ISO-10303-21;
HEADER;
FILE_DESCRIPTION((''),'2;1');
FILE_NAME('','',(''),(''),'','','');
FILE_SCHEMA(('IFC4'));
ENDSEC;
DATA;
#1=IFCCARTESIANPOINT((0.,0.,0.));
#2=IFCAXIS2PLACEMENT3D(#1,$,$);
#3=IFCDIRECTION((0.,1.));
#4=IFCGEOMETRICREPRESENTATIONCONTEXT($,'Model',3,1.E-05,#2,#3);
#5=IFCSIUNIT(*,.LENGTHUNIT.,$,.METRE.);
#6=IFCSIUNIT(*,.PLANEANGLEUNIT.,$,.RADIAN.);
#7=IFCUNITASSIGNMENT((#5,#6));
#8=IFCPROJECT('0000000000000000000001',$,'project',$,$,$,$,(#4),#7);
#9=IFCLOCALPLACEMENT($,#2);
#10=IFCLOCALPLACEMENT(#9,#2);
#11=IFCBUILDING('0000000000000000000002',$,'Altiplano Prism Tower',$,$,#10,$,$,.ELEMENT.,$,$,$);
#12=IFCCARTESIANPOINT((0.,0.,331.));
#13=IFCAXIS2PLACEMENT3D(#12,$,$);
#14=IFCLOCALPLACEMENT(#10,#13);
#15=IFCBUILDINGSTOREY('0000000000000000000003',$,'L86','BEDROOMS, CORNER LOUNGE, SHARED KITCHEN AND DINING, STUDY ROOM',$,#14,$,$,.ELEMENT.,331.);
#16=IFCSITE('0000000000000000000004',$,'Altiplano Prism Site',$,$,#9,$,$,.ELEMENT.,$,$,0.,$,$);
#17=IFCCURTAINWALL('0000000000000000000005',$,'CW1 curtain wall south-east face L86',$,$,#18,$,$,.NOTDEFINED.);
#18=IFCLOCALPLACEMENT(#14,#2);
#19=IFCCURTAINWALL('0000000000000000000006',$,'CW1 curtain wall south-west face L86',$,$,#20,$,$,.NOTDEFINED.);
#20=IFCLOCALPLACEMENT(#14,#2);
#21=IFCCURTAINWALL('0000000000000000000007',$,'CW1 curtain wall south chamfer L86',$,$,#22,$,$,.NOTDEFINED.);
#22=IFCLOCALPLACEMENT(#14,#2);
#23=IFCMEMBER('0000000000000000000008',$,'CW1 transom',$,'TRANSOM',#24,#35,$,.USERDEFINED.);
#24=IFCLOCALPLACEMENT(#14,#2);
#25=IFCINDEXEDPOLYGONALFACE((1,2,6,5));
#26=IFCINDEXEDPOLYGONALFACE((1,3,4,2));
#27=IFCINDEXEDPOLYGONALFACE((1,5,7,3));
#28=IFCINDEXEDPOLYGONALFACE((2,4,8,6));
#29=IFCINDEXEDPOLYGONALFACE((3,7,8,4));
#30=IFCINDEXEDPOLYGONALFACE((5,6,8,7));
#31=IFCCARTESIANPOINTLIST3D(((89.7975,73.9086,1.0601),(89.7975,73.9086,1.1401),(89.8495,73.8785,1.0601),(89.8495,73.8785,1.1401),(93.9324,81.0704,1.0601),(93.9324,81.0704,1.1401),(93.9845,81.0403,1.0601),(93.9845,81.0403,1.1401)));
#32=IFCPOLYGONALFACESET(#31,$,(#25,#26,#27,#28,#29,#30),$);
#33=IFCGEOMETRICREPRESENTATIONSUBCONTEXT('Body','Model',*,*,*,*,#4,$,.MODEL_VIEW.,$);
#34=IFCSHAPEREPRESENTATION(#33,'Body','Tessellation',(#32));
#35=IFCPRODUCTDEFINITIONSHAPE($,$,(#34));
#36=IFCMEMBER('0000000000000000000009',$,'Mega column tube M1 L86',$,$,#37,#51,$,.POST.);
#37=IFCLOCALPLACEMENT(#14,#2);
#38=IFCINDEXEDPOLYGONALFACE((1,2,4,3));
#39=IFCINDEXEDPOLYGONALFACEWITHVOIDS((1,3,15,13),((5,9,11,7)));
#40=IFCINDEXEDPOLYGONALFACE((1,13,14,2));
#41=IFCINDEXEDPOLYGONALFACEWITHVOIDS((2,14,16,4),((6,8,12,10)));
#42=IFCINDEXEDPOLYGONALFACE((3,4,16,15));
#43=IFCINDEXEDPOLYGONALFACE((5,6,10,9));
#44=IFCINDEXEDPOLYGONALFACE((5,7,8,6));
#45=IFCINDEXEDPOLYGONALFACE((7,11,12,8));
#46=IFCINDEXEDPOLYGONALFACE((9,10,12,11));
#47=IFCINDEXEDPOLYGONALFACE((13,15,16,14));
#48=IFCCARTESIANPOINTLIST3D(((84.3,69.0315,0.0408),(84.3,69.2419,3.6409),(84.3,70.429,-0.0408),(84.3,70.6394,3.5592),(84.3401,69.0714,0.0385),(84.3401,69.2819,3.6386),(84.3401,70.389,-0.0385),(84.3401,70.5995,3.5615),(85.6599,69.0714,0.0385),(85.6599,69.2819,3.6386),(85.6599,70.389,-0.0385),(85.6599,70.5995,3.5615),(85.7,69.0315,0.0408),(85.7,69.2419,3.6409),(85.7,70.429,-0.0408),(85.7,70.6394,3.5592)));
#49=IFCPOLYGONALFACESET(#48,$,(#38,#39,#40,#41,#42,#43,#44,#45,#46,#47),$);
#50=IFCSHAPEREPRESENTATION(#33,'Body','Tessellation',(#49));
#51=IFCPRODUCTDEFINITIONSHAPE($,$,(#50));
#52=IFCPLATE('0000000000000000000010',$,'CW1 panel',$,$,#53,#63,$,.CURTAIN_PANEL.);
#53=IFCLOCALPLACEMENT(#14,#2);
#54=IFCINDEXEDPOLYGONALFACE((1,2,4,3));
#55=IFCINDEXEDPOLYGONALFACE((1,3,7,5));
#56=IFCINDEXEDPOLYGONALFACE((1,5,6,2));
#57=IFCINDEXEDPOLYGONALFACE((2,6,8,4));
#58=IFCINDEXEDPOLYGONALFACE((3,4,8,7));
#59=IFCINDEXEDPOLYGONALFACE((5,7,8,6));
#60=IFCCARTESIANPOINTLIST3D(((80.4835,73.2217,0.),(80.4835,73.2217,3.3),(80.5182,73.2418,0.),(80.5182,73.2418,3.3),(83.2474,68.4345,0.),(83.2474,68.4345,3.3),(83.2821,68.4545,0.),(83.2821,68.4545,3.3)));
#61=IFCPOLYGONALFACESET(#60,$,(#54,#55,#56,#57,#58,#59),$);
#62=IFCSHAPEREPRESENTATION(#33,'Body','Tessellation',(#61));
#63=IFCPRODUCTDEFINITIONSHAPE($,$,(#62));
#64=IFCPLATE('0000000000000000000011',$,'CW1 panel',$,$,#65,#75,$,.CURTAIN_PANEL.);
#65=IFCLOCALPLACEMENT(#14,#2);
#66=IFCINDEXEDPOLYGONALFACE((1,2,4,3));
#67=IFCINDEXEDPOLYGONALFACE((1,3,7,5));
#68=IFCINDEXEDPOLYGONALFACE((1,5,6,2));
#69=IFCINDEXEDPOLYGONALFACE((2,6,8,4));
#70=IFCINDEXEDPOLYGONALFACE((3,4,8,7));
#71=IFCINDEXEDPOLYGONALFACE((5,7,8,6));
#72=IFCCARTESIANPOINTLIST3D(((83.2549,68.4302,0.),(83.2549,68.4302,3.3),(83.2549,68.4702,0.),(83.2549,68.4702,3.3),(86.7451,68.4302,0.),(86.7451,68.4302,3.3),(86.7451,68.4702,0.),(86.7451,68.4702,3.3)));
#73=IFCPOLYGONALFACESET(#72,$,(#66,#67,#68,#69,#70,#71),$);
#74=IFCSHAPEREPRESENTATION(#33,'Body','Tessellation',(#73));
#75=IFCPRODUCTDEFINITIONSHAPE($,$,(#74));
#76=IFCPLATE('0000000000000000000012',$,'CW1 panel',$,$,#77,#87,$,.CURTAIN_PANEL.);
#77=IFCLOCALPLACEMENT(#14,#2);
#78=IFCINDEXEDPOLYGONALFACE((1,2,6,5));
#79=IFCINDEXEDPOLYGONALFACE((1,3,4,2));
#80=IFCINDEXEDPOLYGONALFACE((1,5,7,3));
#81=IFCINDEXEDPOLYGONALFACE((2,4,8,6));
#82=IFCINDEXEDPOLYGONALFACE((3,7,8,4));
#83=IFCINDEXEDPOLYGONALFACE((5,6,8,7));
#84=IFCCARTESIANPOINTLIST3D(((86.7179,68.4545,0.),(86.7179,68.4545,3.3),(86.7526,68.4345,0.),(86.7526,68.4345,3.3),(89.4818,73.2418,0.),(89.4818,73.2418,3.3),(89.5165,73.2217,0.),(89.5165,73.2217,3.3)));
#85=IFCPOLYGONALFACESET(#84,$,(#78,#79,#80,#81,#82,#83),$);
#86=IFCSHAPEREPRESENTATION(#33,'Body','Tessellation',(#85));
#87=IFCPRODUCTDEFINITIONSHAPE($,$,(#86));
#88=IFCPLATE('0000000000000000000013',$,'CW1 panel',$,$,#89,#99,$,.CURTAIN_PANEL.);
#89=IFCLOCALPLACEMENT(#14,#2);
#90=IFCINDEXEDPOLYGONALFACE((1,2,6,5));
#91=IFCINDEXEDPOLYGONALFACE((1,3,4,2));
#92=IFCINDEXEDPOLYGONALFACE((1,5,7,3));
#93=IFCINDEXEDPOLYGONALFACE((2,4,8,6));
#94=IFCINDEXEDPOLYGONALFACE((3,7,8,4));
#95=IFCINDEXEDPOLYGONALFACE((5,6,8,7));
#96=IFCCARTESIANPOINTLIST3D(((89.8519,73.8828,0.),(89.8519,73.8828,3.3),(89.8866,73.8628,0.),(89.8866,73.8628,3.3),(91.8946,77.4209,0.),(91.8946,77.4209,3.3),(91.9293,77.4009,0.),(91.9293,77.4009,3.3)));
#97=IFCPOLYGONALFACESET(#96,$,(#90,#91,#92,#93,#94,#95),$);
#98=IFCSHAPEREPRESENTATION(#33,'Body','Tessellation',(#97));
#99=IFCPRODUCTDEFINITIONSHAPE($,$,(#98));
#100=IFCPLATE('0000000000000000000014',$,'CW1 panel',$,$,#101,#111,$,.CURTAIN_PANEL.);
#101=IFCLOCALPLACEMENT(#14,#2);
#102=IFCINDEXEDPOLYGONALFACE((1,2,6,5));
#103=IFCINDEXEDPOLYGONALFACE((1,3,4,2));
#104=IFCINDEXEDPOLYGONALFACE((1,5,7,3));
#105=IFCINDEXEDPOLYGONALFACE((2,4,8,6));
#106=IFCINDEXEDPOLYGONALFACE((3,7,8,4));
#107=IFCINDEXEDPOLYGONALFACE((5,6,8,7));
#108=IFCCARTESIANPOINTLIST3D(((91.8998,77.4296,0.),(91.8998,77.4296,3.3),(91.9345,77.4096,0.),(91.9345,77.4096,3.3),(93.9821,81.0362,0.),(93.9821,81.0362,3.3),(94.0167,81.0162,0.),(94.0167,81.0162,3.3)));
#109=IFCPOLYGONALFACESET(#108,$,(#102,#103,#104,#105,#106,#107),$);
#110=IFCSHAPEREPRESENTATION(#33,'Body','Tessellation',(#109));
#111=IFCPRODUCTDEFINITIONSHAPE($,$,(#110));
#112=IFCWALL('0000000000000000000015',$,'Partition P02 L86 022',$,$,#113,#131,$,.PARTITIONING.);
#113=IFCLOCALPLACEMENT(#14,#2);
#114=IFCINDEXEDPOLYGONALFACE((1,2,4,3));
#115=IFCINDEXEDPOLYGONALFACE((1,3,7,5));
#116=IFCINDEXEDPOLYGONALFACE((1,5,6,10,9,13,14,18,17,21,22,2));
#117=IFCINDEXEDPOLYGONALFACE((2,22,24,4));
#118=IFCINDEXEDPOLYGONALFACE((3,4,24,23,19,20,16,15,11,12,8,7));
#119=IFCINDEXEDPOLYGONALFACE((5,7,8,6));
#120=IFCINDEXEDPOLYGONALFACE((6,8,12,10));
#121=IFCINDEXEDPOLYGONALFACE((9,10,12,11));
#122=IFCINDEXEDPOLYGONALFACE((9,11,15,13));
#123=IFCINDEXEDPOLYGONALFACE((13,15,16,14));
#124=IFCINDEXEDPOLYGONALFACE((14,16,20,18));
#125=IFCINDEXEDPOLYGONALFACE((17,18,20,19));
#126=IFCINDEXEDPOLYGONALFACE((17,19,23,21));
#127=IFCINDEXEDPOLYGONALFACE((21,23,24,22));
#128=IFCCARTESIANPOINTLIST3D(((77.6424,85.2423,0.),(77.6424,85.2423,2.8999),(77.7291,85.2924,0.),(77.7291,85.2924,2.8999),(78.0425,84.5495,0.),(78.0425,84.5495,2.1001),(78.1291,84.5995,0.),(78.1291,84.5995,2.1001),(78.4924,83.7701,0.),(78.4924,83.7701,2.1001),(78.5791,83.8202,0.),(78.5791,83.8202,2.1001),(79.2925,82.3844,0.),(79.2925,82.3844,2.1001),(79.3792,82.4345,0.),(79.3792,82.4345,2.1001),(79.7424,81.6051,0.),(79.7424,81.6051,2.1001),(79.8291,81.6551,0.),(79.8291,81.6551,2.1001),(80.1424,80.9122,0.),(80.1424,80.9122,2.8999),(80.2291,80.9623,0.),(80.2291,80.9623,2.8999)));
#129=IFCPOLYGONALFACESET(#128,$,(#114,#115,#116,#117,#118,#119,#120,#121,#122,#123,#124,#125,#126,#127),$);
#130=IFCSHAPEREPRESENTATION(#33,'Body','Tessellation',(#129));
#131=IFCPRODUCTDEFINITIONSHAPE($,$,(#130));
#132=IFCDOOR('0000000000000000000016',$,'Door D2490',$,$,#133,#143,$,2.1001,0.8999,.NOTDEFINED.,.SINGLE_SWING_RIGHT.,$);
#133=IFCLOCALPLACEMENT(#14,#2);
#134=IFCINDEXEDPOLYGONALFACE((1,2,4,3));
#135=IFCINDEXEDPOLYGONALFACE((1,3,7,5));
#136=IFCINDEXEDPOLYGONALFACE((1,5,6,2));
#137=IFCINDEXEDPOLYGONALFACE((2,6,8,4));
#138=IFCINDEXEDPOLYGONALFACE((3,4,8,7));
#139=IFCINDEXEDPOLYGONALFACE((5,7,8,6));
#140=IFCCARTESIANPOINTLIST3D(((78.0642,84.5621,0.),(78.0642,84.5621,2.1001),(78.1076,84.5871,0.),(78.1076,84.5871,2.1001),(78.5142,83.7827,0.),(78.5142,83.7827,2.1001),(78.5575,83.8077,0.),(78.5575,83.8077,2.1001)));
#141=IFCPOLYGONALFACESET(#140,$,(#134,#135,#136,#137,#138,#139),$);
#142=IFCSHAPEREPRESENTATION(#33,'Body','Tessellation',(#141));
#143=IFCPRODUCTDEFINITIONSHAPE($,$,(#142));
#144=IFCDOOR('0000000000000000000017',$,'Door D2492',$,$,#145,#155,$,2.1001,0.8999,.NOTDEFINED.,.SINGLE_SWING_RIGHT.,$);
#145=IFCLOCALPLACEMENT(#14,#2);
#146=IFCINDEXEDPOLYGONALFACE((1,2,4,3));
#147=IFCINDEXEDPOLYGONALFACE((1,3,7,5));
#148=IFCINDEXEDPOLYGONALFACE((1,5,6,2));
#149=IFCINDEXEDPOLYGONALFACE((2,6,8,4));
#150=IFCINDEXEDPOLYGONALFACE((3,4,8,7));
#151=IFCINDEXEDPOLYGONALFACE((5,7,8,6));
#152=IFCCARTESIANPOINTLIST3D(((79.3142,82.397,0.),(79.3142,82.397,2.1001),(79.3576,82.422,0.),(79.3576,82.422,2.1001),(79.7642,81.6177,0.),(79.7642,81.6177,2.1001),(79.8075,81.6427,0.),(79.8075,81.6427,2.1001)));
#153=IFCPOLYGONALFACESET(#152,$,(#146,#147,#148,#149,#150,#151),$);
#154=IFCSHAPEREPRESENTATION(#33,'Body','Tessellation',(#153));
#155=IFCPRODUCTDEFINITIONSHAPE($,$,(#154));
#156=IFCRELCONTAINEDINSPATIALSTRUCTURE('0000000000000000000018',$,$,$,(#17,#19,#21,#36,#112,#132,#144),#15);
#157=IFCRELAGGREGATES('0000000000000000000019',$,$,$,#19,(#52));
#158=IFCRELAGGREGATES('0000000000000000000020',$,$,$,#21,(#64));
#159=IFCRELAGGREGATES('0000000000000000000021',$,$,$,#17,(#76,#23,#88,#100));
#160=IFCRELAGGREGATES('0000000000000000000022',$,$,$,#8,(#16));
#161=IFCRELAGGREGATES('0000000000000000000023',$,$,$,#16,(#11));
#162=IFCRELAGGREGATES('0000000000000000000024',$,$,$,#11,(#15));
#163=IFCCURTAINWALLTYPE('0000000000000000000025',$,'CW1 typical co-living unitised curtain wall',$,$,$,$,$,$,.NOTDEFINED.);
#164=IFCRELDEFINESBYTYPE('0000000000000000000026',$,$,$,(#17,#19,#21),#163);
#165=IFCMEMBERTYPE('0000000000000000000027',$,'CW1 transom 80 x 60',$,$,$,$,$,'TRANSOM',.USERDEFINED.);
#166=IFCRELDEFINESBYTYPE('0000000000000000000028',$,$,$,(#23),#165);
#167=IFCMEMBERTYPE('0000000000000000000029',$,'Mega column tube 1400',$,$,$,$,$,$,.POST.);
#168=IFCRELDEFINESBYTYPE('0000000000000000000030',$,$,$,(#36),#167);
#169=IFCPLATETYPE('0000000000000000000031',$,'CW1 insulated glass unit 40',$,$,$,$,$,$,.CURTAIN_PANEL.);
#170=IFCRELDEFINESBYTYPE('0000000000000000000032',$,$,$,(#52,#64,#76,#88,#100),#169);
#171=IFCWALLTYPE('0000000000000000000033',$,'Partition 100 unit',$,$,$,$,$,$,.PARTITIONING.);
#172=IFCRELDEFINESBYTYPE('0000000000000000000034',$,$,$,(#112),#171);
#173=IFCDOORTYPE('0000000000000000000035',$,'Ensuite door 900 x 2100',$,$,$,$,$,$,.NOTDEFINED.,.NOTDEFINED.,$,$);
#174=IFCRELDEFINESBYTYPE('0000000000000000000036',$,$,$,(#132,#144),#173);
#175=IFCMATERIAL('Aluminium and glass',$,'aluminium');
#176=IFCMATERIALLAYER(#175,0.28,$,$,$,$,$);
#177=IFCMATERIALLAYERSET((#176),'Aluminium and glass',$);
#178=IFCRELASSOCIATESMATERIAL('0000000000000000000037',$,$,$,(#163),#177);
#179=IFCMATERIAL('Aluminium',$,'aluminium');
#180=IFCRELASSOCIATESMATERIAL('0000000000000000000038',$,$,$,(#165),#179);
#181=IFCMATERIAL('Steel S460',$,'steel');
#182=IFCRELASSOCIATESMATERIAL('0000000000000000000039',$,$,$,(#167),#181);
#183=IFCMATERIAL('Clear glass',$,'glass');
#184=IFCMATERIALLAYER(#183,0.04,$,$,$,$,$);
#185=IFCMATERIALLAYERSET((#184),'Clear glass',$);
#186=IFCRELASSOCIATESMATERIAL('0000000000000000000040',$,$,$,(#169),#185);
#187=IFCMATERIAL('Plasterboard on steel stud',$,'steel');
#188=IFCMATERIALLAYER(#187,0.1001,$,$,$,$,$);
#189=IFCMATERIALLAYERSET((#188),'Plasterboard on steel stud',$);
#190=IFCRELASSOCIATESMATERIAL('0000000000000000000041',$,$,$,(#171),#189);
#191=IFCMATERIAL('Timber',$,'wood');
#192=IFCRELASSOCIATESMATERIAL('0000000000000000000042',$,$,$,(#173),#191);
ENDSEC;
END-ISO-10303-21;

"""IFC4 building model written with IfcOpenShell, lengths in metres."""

from ifc_helpers import new_model, si_unit, direction, frame, frame_2d, origin, origin_2d, place, context, subcontext, project, spatial, rectangle, hollow_rectangle, extrude, material, layer, layer_set, material_profile, profile_set, type_object, element, fill, aggregate, save


model = new_model("IFC4")

# Units and contexts
model_context = context("Model", 3, precision=1e-05, world=origin(), true_north=direction((0.0, 1.0)))
body_context = subcontext(model_context, "Body", "Model", "MODEL_VIEW")
ifc_project = project(units=[si_unit("LENGTHUNIT", "METRE"), si_unit("PLANEANGLEUNIT", "RADIAN")], contexts=[model_context])

# Site, building, storey
site_placement = place(None, origin())
site = spatial("IfcSite", under=ifc_project, at=site_placement, Name="Altiplano Prism Site", CompositionType="ELEMENT", RefElevation=0.0)
building_placement = place(site_placement, origin())
building = spatial("IfcBuilding", under=site, at=building_placement, Name="Altiplano Prism Tower", CompositionType="ELEMENT")
storey_placement = place(building_placement, frame((0.0, 0.0, 331.0)))
storey = spatial("IfcBuildingStorey", under=building, at=storey_placement, Name="L86", Description="BEDROOMS, CORNER LOUNGE, SHARED KITCHEN AND DINING, STUDY ROOM", CompositionType="ELEMENT", Elevation=331.0)

# Curtain walls
ifc_material_1 = material(Name="Aluminium and glass", Category="aluminium")
ifc_layer_1 = layer(ifc_material_1, 0.28)
ifc_layer_set_1 = layer_set([ifc_layer_1], Name="Aluminium and glass")
curtain_wall_type = type_object("IfcCurtainWallType", Name="CW1 typical co-living unitised curtain wall", PredefinedType="NOTDEFINED", material=ifc_layer_set_1)
curtain_wall_1_placement = place(storey_placement, origin())
curtain_wall_1 = element("IfcCurtainWall", 1, at=curtain_wall_1_placement, inside=storey, type_object=curtain_wall_type, Name="CW1 curtain wall south-east face L86", PredefinedType="NOTDEFINED")
ifc_material_2 = material(Name="Aluminium", Category="aluminium")
curtain_wall_2_placement = place(storey_placement, origin())
curtain_wall_2 = element("IfcCurtainWall", 2, at=curtain_wall_2_placement, inside=storey, type_object=curtain_wall_type, Name="CW1 curtain wall south-west face L86", PredefinedType="NOTDEFINED")
ifc_material_profile_1 = material_profile(ifc_material_2, rectangle(XDim=0.0601, YDim=0.0801, at=origin_2d()), Name="CW1 transom 80 x 60")
ifc_profile_set_1 = profile_set([ifc_material_profile_1], Name="Aluminium")
member_type_1 = type_object("IfcMemberType", Name="CW1 transom 80 x 60", ElementType="TRANSOM", PredefinedType="USERDEFINED", material=ifc_profile_set_1)
curtain_wall_3_placement = place(storey_placement, origin())
curtain_wall_3 = element("IfcCurtainWall", 3, at=curtain_wall_3_placement, inside=storey, type_object=curtain_wall_type, Name="CW1 curtain wall south chamfer L86", PredefinedType="NOTDEFINED")

# Members
member_1_placement = place(storey_placement, frame((89.8235, 73.8936, 1.1001), z_axis=(0.50001, 0.86602, 0.0), x_axis=(-0.86602, 0.50001, 0.0)))
member_1 = element("IfcMember", 4, at=member_1_placement, type_object=member_type_1, Name="CW1 transom", ObjectType="TRANSOM", PredefinedType="USERDEFINED", context=body_context, shape_type="SweptSolid", body=[
    extrude(rectangle(XDim=0.0601, YDim=0.0801, at=origin_2d()), origin(), (0.0, 0.0, 1.0), 8.2698),
])
ifc_material_3 = material(Name="Steel S460", Category="steel")
ifc_material_profile_2 = material_profile(ifc_material_3, hollow_rectangle(XDim=1.3999, YDim=1.3999, WallThickness=0.04, at=origin_2d()), Name="Mega column tube 1400")
ifc_profile_set_2 = profile_set([ifc_material_profile_2], Name="Steel S460")
member_type_2 = type_object("IfcMemberType", Name="Mega column tube 1400", PredefinedType="POST", material=ifc_profile_set_2)
member_2_placement = place(storey_placement, frame((85.0, 69.7302, 0.0), z_axis=(0.0, 0.058357, 0.998296), x_axis=(-1.0, 0.0, 0.0)))
element("IfcMember", 5, at=member_2_placement, inside=storey, type_object=member_type_2, Name="Mega column tube M1 L86", PredefinedType="POST", context=body_context, shape_type="SweptSolid", body=[
    extrude(hollow_rectangle(XDim=1.3999, YDim=1.3999, WallThickness=0.04, at=origin_2d()), origin(), (0.0, 0.0, 1.0), 3.6062),
])

# Plates
ifc_material_4 = material(Name="Clear glass", Category="glass")
ifc_layer_2 = layer(ifc_material_4, 0.04)
ifc_layer_set_2 = layer_set([ifc_layer_2], Name="Clear glass")
plate_type = type_object("IfcPlateType", Name="CW1 insulated glass unit 40", PredefinedType="CURTAIN_PANEL", material=ifc_layer_set_2)
plate_1_placement = place(storey_placement, frame((81.8828, 70.8381, 0.0), z_axis=(0.0, 0.0, 1.0), x_axis=(0.5, -0.866025, 0.0)))
plate_1 = element("IfcPlate", 6, at=plate_1_placement, type_object=plate_type, Name="CW1 panel", PredefinedType="CURTAIN_PANEL", context=body_context, shape_type="SweptSolid", body=[
    extrude(rectangle(XDim=5.5278, YDim=0.04, at=origin_2d()), origin(), (0.0, 0.0, 1.0), 3.3),
])
aggregate(curtain_wall_2, [plate_1])
plate_2_placement = place(storey_placement, frame((85.0, 68.4502, 0.0), z_axis=(0.0, 0.0, 1.0), x_axis=(1.0, 0.0, 0.0)))
plate_2 = element("IfcPlate", 7, at=plate_2_placement, type_object=plate_type, Name="CW1 panel", PredefinedType="CURTAIN_PANEL", context=body_context, shape_type="SweptSolid", body=[
    extrude(rectangle(XDim=3.4902, YDim=0.04, at=origin_2d()), origin(), (0.0, 0.0, 1.0), 3.3),
])
aggregate(curtain_wall_3, [plate_2])
plate_3_placement = place(storey_placement, frame((88.1172, 70.8381, 0.0), z_axis=(0.0, 0.0, 1.0), x_axis=(0.5, 0.866025, 0.0)))
plate_3 = element("IfcPlate", 8, at=plate_3_placement, type_object=plate_type, Name="CW1 panel", PredefinedType="CURTAIN_PANEL", context=body_context, shape_type="SweptSolid", body=[
    extrude(rectangle(XDim=5.5278, YDim=0.04, at=origin_2d()), origin(), (0.0, 0.0, 1.0), 3.3),
])
plate_4_placement = place(storey_placement, frame((90.8906, 75.6418, 0.0), z_axis=(0.0, 0.0, 1.0), x_axis=(0.5, 0.866025, 0.0)))
plate_4 = element("IfcPlate", 9, at=plate_4_placement, type_object=plate_type, Name="CW1 panel", PredefinedType="CURTAIN_PANEL", context=body_context, shape_type="SweptSolid", body=[
    extrude(rectangle(XDim=4.0854, YDim=0.04, at=origin_2d()), origin(), (0.0, 0.0, 1.0), 3.3),
])
plate_5_placement = place(storey_placement, frame((92.9583, 79.2229, 0.0), z_axis=(0.0, 0.0, 1.0), x_axis=(0.5, 0.866025, 0.0)))
plate_5 = element("IfcPlate", 10, at=plate_5_placement, type_object=plate_type, Name="CW1 panel", PredefinedType="CURTAIN_PANEL", context=body_context, shape_type="SweptSolid", body=[
    extrude(rectangle(XDim=4.1646, YDim=0.04, at=origin_2d()), origin(), (0.0, 0.0, 1.0), 3.3),
])
aggregate(curtain_wall_1, [plate_3, member_1, plate_4, plate_5])

# Wall, openings, doors
ifc_material_5 = material(Name="Plasterboard on steel stud", Category="steel")
ifc_layer_3 = layer(ifc_material_5, 0.1001)
ifc_layer_set_3 = layer_set([ifc_layer_3], Name="Plasterboard on steel stud")
wall_type_1 = type_object("IfcWallType", Name="Partition 100 unit", PredefinedType="PARTITIONING", material=ifc_layer_set_3)
wall_1_placement = place(storey_placement, frame((80.1858, 80.9373, 0.0), z_axis=(0.0, 0.0, 1.0), x_axis=(-0.500004, 0.866023, 0.0)))
wall_1 = element("IfcWall", 11, at=wall_1_placement, inside=storey, type_object=wall_type_1, Name="Partition P02 L86 022", PredefinedType="PARTITIONING", context=body_context, shape_type="SweptSolid", body=[
    extrude(rectangle(XDim=5.0, YDim=0.1001, at=frame_2d((2.5, 0.0))), origin(), (0.0, 0.0, 1.0), 2.8999),
])
opening_1_placement = place(wall_1_placement, frame((3.3, 0.0, 0.0)))
opening_1 = element("IfcOpeningElement", 12, at=opening_1_placement, cuts=wall_1, PredefinedType="OPENING", context=body_context, shape_type="SweptSolid", body=[
    extrude(rectangle(XDim=0.8999, YDim=2.1001, at=frame_2d((0.45, 1.05))), frame((0.0, 0.0605, 0.0), z_axis=(0.0, -1.0, 0.0), x_axis=(1.0, 0.0, 0.0)), (0.0, 0.0, 1.0), 0.1211),
])
opening_2_placement = place(wall_1_placement, frame((0.8, 0.0, 0.0)))
opening_2 = element("IfcOpeningElement", 13, at=opening_2_placement, cuts=wall_1, PredefinedType="OPENING", context=body_context, shape_type="SweptSolid", body=[
    extrude(rectangle(XDim=0.8999, YDim=2.1001, at=frame_2d((0.45, 1.05))), frame((0.0, 0.0605, 0.0), z_axis=(0.0, -1.0, 0.0), x_axis=(1.0, 0.0, 0.0)), (0.0, 0.0, 1.0), 0.1211),
])
ifc_material_6 = material(Name="Timber", Category="wood")
door_type_1 = type_object("IfcDoorType", Name="Ensuite door 900 x 2100", OperationType="NOTDEFINED", PredefinedType="NOTDEFINED", material=ifc_material_6)
door_1_placement = place(opening_1_placement, origin())
door_1 = element("IfcDoor", 14, at=door_1_placement, inside=storey, type_object=door_type_1, Name="Door D2490", OperationType="SINGLE_SWING_RIGHT", OverallHeight=2.1001, OverallWidth=0.8999, PredefinedType="NOTDEFINED", context=body_context, shape_type="SweptSolid", body=[
    extrude(rectangle(XDim=0.8999, YDim=2.1001, at=frame_2d((0.45, 1.05))), frame((0.0, 0.0249, 0.0), z_axis=(0.0, -1.0, 0.0), x_axis=(1.0, 0.0, 0.0)), (0.0, 0.0, 1.0), 0.05),
])
fill(opening_1, door_1)
door_2_placement = place(opening_2_placement, origin())
door_2 = element("IfcDoor", 15, at=door_2_placement, inside=storey, type_object=door_type_1, Name="Door D2492", OperationType="SINGLE_SWING_RIGHT", OverallHeight=2.1001, OverallWidth=0.8999, PredefinedType="NOTDEFINED", context=body_context, shape_type="SweptSolid", body=[
    extrude(rectangle(XDim=0.8999, YDim=2.1001, at=frame_2d((0.45, 1.05))), frame((0.0, 0.0249, 0.0), z_axis=(0.0, -1.0, 0.0), x_axis=(1.0, 0.0, 0.0)), (0.0, 0.0, 1.0), 0.05),
])
fill(opening_2, door_2)

save(model, "model.ifc")
